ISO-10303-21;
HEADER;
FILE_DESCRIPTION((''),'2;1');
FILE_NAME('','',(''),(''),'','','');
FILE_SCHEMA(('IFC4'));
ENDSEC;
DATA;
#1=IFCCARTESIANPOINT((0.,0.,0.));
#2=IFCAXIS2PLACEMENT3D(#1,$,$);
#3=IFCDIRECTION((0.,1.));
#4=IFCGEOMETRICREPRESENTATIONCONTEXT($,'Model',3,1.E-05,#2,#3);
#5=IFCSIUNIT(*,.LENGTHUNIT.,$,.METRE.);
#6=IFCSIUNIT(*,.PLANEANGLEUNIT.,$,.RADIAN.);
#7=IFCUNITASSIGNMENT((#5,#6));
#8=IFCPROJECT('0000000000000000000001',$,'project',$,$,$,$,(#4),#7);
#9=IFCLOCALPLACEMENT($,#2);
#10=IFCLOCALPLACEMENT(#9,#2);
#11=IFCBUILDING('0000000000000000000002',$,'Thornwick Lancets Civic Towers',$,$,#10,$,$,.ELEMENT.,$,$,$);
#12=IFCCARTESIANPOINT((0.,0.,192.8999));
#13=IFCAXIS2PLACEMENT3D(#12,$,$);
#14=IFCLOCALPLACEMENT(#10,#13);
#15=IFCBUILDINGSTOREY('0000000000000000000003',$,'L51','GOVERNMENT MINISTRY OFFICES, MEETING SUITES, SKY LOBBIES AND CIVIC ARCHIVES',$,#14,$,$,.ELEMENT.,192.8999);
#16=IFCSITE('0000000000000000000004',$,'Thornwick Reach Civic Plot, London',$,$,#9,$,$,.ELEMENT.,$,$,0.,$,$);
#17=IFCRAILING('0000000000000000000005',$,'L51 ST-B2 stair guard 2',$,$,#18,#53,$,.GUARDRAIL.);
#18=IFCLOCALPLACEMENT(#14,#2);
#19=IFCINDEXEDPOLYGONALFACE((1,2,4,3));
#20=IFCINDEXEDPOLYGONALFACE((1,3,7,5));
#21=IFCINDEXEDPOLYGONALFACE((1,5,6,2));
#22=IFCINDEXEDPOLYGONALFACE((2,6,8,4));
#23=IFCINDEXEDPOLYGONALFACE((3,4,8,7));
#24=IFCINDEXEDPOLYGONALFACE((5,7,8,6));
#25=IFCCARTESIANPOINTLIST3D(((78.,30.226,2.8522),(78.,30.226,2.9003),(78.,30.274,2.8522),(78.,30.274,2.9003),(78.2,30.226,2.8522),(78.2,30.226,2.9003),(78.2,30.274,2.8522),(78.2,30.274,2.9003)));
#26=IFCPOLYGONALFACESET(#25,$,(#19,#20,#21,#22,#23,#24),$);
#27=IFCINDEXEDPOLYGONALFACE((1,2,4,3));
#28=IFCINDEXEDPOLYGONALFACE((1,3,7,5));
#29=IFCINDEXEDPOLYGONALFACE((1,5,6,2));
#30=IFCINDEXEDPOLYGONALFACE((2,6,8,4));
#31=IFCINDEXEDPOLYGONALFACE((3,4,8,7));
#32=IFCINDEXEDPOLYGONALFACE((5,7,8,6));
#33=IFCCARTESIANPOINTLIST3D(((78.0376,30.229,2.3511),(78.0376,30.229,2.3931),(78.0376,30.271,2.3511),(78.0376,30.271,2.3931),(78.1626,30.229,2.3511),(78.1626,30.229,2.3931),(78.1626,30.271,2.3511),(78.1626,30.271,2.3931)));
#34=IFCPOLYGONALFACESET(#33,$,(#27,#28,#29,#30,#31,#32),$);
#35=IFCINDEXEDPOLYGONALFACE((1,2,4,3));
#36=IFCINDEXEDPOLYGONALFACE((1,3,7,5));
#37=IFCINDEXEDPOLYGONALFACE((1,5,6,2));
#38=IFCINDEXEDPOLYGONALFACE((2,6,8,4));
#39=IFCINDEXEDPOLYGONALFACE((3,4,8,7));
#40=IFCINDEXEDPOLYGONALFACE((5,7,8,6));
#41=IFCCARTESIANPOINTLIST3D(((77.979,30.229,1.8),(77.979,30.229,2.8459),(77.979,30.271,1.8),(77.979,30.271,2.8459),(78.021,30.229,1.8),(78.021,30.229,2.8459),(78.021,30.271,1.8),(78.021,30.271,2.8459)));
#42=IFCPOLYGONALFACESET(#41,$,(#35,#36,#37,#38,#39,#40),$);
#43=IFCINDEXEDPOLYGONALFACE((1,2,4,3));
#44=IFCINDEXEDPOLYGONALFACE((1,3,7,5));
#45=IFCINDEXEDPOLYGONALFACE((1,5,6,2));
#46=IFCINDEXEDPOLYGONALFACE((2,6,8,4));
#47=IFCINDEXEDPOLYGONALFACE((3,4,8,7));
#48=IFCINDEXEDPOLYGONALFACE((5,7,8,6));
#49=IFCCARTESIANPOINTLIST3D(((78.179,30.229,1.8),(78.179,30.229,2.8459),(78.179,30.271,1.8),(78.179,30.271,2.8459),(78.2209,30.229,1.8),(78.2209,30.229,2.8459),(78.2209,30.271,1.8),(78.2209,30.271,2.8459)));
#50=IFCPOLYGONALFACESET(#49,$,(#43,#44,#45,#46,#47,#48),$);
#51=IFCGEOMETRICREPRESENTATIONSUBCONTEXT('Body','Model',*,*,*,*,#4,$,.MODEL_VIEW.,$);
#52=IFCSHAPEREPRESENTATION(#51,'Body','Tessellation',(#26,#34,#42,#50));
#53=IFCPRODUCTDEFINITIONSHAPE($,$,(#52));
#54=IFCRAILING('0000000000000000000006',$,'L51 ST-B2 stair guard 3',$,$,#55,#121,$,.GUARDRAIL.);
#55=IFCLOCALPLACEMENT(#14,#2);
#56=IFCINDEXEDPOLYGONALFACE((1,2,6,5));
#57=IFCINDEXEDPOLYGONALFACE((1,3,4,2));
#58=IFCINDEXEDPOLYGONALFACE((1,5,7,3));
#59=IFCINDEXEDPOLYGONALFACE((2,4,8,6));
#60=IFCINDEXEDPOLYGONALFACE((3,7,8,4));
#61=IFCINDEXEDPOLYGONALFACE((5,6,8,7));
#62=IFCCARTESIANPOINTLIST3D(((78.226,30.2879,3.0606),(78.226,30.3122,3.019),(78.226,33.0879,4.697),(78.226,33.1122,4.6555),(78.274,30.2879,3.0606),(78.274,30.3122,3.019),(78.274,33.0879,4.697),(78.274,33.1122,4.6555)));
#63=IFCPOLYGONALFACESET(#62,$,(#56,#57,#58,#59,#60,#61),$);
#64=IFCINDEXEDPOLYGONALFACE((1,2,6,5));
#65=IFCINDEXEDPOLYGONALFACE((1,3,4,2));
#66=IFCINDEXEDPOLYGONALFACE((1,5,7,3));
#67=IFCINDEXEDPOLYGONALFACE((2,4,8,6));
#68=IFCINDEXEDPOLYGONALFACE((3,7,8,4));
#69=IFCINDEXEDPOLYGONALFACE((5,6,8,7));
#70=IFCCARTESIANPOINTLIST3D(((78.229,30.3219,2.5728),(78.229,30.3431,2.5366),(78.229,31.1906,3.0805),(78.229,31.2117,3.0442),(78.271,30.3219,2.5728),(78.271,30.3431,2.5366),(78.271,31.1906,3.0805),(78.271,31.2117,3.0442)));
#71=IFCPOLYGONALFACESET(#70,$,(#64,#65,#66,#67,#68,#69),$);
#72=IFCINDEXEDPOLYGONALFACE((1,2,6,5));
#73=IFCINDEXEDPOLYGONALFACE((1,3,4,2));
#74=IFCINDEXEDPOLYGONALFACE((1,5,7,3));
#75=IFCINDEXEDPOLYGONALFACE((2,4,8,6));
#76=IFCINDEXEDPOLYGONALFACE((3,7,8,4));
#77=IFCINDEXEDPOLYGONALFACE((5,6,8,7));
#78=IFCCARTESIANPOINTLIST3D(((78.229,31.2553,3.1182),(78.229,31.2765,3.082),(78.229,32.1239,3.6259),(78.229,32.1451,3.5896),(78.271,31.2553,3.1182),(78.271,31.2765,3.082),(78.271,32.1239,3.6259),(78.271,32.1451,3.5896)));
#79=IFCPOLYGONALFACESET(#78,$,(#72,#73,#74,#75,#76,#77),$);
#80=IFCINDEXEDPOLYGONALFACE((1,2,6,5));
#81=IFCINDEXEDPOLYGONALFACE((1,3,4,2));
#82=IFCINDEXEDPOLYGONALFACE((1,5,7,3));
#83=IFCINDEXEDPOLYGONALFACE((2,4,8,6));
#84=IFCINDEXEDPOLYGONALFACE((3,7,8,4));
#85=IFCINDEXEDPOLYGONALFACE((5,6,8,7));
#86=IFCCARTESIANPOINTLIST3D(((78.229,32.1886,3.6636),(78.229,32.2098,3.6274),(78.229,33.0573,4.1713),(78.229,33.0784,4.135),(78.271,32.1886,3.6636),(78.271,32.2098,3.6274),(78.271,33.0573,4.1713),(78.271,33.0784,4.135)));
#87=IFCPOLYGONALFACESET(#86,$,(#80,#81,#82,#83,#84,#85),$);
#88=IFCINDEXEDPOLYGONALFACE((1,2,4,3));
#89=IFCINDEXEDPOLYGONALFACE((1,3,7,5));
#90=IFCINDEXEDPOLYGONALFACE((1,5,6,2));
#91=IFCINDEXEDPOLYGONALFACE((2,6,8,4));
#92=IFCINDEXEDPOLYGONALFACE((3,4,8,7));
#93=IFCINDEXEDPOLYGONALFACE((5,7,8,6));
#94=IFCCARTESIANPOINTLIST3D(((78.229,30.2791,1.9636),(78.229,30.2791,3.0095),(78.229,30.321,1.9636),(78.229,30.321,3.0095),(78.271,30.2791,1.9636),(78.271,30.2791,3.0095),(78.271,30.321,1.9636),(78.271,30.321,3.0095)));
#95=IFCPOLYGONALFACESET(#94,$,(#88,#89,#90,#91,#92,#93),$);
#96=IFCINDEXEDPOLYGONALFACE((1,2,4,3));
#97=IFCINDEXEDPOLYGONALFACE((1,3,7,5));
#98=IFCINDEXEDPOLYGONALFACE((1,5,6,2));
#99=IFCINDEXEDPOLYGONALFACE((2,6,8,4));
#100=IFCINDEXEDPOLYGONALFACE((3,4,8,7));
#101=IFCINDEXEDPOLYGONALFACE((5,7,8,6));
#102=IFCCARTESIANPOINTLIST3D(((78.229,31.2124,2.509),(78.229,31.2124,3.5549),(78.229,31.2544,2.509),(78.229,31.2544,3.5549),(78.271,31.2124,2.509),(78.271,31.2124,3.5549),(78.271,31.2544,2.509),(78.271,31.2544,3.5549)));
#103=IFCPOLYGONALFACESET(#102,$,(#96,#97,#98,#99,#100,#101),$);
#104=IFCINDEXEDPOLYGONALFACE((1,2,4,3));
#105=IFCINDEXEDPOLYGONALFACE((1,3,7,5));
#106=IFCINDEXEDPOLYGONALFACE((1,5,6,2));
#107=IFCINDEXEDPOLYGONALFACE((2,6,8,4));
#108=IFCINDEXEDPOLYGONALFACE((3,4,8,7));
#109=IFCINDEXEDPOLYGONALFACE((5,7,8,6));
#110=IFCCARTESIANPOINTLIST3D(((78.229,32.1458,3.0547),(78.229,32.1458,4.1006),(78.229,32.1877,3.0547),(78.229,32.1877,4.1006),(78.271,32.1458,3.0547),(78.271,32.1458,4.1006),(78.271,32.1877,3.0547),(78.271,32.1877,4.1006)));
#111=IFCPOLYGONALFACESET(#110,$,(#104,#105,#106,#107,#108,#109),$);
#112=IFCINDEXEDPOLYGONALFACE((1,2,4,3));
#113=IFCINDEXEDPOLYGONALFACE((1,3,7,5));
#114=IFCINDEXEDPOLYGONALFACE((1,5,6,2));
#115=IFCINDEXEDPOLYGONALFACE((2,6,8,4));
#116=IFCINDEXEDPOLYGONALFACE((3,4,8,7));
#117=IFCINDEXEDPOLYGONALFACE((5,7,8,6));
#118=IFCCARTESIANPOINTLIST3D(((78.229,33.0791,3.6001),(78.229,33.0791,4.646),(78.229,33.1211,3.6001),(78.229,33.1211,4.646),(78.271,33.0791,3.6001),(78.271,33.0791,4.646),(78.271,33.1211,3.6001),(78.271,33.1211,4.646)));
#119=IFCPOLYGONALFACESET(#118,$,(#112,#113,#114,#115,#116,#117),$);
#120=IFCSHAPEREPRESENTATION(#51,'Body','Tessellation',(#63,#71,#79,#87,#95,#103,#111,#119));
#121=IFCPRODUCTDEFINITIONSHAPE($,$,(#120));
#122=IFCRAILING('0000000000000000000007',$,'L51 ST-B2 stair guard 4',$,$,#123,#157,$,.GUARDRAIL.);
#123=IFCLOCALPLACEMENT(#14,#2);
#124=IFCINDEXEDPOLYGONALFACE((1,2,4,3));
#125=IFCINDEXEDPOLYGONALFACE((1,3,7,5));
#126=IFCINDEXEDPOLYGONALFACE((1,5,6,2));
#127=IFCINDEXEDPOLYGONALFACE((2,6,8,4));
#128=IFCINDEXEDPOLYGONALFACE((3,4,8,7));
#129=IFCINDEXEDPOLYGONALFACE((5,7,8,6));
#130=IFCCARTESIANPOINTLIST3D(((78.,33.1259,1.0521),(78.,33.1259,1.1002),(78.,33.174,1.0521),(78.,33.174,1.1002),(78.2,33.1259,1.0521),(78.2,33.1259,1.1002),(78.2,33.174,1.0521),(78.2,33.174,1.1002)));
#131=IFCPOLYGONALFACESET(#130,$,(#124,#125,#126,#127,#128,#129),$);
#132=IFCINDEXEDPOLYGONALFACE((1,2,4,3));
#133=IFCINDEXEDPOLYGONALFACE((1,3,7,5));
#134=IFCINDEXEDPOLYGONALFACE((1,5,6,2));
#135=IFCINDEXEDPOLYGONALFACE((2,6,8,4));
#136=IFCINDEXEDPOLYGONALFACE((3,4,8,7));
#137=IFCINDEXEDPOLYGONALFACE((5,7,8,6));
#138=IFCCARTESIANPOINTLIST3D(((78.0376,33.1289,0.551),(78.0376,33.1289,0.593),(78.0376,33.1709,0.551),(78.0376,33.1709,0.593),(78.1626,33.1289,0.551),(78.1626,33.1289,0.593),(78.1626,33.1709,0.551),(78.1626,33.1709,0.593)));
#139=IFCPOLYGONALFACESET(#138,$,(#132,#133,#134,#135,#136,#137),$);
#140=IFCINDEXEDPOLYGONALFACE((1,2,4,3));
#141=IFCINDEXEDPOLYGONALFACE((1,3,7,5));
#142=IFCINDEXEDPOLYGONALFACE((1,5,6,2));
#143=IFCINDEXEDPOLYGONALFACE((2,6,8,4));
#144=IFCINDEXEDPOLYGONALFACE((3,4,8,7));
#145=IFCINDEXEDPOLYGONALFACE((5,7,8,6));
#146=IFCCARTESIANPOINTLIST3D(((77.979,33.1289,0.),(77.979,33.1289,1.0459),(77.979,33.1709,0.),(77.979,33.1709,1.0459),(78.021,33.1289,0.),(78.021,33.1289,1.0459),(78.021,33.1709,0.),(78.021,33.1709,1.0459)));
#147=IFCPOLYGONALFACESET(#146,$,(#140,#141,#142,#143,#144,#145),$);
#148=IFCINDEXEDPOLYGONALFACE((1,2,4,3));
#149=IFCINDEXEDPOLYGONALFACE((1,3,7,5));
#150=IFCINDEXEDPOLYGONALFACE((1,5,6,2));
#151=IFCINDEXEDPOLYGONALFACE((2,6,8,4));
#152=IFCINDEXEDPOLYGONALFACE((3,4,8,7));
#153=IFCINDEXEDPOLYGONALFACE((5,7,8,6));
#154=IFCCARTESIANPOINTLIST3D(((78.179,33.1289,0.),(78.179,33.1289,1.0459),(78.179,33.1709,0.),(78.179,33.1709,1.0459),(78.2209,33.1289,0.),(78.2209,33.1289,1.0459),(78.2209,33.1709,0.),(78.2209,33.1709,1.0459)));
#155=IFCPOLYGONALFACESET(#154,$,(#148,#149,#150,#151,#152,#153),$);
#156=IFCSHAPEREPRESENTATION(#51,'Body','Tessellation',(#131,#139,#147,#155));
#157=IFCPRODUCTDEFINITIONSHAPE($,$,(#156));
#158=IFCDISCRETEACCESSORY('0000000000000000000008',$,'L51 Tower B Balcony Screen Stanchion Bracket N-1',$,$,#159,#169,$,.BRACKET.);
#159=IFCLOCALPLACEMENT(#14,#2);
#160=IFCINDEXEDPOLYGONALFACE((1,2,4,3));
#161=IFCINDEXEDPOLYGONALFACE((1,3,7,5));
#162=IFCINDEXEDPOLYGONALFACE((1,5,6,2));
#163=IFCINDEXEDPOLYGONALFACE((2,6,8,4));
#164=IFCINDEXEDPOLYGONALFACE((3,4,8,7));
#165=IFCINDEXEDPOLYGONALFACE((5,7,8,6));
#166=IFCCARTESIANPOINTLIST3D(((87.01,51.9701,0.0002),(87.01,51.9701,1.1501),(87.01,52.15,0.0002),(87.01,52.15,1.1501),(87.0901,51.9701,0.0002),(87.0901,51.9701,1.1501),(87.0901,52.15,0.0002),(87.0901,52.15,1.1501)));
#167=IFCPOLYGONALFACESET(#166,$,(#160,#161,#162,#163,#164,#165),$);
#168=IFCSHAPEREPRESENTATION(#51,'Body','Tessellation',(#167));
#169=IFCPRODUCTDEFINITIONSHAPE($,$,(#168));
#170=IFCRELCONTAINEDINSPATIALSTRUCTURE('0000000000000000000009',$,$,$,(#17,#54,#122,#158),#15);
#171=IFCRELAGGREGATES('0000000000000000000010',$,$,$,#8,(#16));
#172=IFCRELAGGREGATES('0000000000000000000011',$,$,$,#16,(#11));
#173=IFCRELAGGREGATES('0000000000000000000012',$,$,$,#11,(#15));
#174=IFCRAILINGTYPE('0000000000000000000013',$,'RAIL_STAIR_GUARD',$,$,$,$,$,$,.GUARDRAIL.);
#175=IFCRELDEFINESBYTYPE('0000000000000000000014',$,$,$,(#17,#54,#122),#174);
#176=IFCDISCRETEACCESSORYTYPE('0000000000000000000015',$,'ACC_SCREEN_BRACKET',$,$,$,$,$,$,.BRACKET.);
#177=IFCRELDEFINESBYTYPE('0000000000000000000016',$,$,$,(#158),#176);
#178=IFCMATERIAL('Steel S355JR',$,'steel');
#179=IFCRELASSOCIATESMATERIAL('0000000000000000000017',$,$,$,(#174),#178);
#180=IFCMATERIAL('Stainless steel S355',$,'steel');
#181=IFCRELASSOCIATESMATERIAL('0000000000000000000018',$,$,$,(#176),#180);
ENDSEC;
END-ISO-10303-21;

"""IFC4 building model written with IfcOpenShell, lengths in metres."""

from ifc_helpers import new_model, si_unit, direction, frame, origin, origin_2d, place, context, subcontext, project, spatial, rectangle, extrude, material, type_object, element, save


model = new_model("IFC4")

# Units and contexts
model_context = context("Model", 3, precision=1e-05, world=origin(), true_north=direction((0.0, 1.0)))
body_context = subcontext(model_context, "Body", "Model", "MODEL_VIEW")
ifc_project = project(units=[si_unit("LENGTHUNIT", "METRE"), si_unit("PLANEANGLEUNIT", "RADIAN")], contexts=[model_context])

# Site, building, storey
site_placement = place(None, origin())
site = spatial("IfcSite", under=ifc_project, at=site_placement, Name="Thornwick Reach Civic Plot, London", CompositionType="ELEMENT", RefElevation=0.0)
building_placement = place(site_placement, origin())
building = spatial("IfcBuilding", under=site, at=building_placement, Name="Thornwick Lancets Civic Towers", CompositionType="ELEMENT")
storey_placement = place(building_placement, frame((0.0, 0.0, 192.8999)))
storey = spatial("IfcBuildingStorey", under=building, at=storey_placement, Name="L51", Description="GOVERNMENT MINISTRY OFFICES, MEETING SUITES, SKY LOBBIES AND CIVIC ARCHIVES", CompositionType="ELEMENT", Elevation=192.8999)

# Railings
ifc_material_1 = material(Name="Steel S355JR", Category="steel")
railing_type_1 = type_object("IfcRailingType", Name="RAIL_STAIR_GUARD", PredefinedType="GUARDRAIL", material=ifc_material_1)
railing_1_placement = place(storey_placement, frame((78.0, 30.25, 1.8)))
element("IfcRailing", 1, at=railing_1_placement, inside=storey, type_object=railing_type_1, Name="L51 ST-B2 stair guard 2", PredefinedType="GUARDRAIL", context=body_context, shape_type="SweptSolid", body=[
    extrude(rectangle(XDim=0.0481, YDim=0.0481, at=origin_2d()), frame((0.0, 0.0, 1.0762), z_axis=(1.0, 0.0, 0.0), x_axis=(0.0, 1.0, 0.0)), (0.0, 0.0, 1.0), 0.2),
    extrude(rectangle(XDim=0.042, YDim=0.042, at=origin_2d()), frame((0.0376, 0.0, 0.572), z_axis=(1.0, 0.0, 0.0), x_axis=(0.0, 1.0, 0.0)), (0.0, 0.0, 1.0), 0.125),
    extrude(rectangle(XDim=0.042, YDim=0.042, at=origin_2d()), origin(), (0.0, 0.0, 1.0), 1.0459),
    extrude(rectangle(XDim=0.042, YDim=0.042, at=origin_2d()), frame((0.2, 0.0, 0.0)), (0.0, 0.0, 1.0), 1.0459),
])
railing_2_placement = place(storey_placement, frame((78.25, 30.3, 1.9636)))
element("IfcRailing", 2, at=railing_2_placement, inside=storey, type_object=railing_type_1, Name="L51 ST-B2 stair guard 3", PredefinedType="GUARDRAIL", context=body_context, shape_type="SweptSolid", body=[
    extrude(rectangle(XDim=0.0481, YDim=0.0481, at=origin_2d()), frame((0.0, 0.0, 1.0762), z_axis=(0.0, 0.863361, 0.504587), x_axis=(-1.0, 0.0, 0.0)), (0.0, 0.0, 1.0), 3.2432),
    extrude(rectangle(XDim=0.042, YDim=0.042, at=origin_2d()), frame((0.0, 0.0325, 0.5911), z_axis=(0.0, 0.863361, 0.504587), x_axis=(-1.0, 0.0, 0.0)), (0.0, 0.0, 1.0), 1.0061),
    extrude(rectangle(XDim=0.042, YDim=0.042, at=origin_2d()), frame((0.0, 0.9658, 1.1365), z_axis=(0.0, 0.863361, 0.504587), x_axis=(-1.0, 0.0, 0.0)), (0.0, 0.0, 1.0), 1.0061),
    extrude(rectangle(XDim=0.042, YDim=0.042, at=origin_2d()), frame((0.0, 1.8992, 1.6819), z_axis=(0.0, 0.863361, 0.504587), x_axis=(-1.0, 0.0, 0.0)), (0.0, 0.0, 1.0), 1.0061),
    extrude(rectangle(XDim=0.042, YDim=0.042, at=origin_2d()), origin(), (0.0, 0.0, 1.0), 1.0459),
    extrude(rectangle(XDim=0.042, YDim=0.042, at=origin_2d()), frame((0.0, 0.9333, 0.5454)), (0.0, 0.0, 1.0), 1.0459),
    extrude(rectangle(XDim=0.042, YDim=0.042, at=origin_2d()), frame((0.0, 1.8667, 1.0911)), (0.0, 0.0, 1.0), 1.0459),
    extrude(rectangle(XDim=0.042, YDim=0.042, at=origin_2d()), frame((0.0, 2.8, 1.6365)), (0.0, 0.0, 1.0), 1.0459),
])
railing_3_placement = place(storey_placement, frame((78.0, 33.1499, 0.0)))
element("IfcRailing", 3, at=railing_3_placement, inside=storey, type_object=railing_type_1, Name="L51 ST-B2 stair guard 4", PredefinedType="GUARDRAIL", context=body_context, shape_type="SweptSolid", body=[
    extrude(rectangle(XDim=0.0481, YDim=0.0481, at=origin_2d()), frame((0.0, 0.0, 1.0762), z_axis=(1.0, 0.0, 0.0), x_axis=(0.0, 1.0, 0.0)), (0.0, 0.0, 1.0), 0.2),
    extrude(rectangle(XDim=0.042, YDim=0.042, at=origin_2d()), frame((0.0376, 0.0, 0.572), z_axis=(1.0, 0.0, 0.0), x_axis=(0.0, 1.0, 0.0)), (0.0, 0.0, 1.0), 0.125),
    extrude(rectangle(XDim=0.042, YDim=0.042, at=origin_2d()), origin(), (0.0, 0.0, 1.0), 1.0459),
    extrude(rectangle(XDim=0.042, YDim=0.042, at=origin_2d()), frame((0.2, 0.0, 0.0)), (0.0, 0.0, 1.0), 1.0459),
])

# Discrete accessory
ifc_material_2 = material(Name="Stainless steel S355", Category="steel")
discrete_accessory_type = type_object("IfcDiscreteAccessoryType", Name="ACC_SCREEN_BRACKET", PredefinedType="BRACKET", material=ifc_material_2)
discrete_accessory_placement = place(storey_placement, frame((87.05, 52.0601, 0.0002), z_axis=(0.0, 0.0, 1.0), x_axis=(1.0, 0.0, 0.0)))
element("IfcDiscreteAccessory", 4, at=discrete_accessory_placement, inside=storey, type_object=discrete_accessory_type, Name="L51 Tower B Balcony Screen Stanchion Bracket N-1", PredefinedType="BRACKET", context=body_context, shape_type="SweptSolid", body=[
    extrude(rectangle(XDim=0.0801, YDim=0.1799, at=origin_2d()), origin(), (0.0, 0.0, 1.0), 1.1499),
])

save(model, "model.ifc")
